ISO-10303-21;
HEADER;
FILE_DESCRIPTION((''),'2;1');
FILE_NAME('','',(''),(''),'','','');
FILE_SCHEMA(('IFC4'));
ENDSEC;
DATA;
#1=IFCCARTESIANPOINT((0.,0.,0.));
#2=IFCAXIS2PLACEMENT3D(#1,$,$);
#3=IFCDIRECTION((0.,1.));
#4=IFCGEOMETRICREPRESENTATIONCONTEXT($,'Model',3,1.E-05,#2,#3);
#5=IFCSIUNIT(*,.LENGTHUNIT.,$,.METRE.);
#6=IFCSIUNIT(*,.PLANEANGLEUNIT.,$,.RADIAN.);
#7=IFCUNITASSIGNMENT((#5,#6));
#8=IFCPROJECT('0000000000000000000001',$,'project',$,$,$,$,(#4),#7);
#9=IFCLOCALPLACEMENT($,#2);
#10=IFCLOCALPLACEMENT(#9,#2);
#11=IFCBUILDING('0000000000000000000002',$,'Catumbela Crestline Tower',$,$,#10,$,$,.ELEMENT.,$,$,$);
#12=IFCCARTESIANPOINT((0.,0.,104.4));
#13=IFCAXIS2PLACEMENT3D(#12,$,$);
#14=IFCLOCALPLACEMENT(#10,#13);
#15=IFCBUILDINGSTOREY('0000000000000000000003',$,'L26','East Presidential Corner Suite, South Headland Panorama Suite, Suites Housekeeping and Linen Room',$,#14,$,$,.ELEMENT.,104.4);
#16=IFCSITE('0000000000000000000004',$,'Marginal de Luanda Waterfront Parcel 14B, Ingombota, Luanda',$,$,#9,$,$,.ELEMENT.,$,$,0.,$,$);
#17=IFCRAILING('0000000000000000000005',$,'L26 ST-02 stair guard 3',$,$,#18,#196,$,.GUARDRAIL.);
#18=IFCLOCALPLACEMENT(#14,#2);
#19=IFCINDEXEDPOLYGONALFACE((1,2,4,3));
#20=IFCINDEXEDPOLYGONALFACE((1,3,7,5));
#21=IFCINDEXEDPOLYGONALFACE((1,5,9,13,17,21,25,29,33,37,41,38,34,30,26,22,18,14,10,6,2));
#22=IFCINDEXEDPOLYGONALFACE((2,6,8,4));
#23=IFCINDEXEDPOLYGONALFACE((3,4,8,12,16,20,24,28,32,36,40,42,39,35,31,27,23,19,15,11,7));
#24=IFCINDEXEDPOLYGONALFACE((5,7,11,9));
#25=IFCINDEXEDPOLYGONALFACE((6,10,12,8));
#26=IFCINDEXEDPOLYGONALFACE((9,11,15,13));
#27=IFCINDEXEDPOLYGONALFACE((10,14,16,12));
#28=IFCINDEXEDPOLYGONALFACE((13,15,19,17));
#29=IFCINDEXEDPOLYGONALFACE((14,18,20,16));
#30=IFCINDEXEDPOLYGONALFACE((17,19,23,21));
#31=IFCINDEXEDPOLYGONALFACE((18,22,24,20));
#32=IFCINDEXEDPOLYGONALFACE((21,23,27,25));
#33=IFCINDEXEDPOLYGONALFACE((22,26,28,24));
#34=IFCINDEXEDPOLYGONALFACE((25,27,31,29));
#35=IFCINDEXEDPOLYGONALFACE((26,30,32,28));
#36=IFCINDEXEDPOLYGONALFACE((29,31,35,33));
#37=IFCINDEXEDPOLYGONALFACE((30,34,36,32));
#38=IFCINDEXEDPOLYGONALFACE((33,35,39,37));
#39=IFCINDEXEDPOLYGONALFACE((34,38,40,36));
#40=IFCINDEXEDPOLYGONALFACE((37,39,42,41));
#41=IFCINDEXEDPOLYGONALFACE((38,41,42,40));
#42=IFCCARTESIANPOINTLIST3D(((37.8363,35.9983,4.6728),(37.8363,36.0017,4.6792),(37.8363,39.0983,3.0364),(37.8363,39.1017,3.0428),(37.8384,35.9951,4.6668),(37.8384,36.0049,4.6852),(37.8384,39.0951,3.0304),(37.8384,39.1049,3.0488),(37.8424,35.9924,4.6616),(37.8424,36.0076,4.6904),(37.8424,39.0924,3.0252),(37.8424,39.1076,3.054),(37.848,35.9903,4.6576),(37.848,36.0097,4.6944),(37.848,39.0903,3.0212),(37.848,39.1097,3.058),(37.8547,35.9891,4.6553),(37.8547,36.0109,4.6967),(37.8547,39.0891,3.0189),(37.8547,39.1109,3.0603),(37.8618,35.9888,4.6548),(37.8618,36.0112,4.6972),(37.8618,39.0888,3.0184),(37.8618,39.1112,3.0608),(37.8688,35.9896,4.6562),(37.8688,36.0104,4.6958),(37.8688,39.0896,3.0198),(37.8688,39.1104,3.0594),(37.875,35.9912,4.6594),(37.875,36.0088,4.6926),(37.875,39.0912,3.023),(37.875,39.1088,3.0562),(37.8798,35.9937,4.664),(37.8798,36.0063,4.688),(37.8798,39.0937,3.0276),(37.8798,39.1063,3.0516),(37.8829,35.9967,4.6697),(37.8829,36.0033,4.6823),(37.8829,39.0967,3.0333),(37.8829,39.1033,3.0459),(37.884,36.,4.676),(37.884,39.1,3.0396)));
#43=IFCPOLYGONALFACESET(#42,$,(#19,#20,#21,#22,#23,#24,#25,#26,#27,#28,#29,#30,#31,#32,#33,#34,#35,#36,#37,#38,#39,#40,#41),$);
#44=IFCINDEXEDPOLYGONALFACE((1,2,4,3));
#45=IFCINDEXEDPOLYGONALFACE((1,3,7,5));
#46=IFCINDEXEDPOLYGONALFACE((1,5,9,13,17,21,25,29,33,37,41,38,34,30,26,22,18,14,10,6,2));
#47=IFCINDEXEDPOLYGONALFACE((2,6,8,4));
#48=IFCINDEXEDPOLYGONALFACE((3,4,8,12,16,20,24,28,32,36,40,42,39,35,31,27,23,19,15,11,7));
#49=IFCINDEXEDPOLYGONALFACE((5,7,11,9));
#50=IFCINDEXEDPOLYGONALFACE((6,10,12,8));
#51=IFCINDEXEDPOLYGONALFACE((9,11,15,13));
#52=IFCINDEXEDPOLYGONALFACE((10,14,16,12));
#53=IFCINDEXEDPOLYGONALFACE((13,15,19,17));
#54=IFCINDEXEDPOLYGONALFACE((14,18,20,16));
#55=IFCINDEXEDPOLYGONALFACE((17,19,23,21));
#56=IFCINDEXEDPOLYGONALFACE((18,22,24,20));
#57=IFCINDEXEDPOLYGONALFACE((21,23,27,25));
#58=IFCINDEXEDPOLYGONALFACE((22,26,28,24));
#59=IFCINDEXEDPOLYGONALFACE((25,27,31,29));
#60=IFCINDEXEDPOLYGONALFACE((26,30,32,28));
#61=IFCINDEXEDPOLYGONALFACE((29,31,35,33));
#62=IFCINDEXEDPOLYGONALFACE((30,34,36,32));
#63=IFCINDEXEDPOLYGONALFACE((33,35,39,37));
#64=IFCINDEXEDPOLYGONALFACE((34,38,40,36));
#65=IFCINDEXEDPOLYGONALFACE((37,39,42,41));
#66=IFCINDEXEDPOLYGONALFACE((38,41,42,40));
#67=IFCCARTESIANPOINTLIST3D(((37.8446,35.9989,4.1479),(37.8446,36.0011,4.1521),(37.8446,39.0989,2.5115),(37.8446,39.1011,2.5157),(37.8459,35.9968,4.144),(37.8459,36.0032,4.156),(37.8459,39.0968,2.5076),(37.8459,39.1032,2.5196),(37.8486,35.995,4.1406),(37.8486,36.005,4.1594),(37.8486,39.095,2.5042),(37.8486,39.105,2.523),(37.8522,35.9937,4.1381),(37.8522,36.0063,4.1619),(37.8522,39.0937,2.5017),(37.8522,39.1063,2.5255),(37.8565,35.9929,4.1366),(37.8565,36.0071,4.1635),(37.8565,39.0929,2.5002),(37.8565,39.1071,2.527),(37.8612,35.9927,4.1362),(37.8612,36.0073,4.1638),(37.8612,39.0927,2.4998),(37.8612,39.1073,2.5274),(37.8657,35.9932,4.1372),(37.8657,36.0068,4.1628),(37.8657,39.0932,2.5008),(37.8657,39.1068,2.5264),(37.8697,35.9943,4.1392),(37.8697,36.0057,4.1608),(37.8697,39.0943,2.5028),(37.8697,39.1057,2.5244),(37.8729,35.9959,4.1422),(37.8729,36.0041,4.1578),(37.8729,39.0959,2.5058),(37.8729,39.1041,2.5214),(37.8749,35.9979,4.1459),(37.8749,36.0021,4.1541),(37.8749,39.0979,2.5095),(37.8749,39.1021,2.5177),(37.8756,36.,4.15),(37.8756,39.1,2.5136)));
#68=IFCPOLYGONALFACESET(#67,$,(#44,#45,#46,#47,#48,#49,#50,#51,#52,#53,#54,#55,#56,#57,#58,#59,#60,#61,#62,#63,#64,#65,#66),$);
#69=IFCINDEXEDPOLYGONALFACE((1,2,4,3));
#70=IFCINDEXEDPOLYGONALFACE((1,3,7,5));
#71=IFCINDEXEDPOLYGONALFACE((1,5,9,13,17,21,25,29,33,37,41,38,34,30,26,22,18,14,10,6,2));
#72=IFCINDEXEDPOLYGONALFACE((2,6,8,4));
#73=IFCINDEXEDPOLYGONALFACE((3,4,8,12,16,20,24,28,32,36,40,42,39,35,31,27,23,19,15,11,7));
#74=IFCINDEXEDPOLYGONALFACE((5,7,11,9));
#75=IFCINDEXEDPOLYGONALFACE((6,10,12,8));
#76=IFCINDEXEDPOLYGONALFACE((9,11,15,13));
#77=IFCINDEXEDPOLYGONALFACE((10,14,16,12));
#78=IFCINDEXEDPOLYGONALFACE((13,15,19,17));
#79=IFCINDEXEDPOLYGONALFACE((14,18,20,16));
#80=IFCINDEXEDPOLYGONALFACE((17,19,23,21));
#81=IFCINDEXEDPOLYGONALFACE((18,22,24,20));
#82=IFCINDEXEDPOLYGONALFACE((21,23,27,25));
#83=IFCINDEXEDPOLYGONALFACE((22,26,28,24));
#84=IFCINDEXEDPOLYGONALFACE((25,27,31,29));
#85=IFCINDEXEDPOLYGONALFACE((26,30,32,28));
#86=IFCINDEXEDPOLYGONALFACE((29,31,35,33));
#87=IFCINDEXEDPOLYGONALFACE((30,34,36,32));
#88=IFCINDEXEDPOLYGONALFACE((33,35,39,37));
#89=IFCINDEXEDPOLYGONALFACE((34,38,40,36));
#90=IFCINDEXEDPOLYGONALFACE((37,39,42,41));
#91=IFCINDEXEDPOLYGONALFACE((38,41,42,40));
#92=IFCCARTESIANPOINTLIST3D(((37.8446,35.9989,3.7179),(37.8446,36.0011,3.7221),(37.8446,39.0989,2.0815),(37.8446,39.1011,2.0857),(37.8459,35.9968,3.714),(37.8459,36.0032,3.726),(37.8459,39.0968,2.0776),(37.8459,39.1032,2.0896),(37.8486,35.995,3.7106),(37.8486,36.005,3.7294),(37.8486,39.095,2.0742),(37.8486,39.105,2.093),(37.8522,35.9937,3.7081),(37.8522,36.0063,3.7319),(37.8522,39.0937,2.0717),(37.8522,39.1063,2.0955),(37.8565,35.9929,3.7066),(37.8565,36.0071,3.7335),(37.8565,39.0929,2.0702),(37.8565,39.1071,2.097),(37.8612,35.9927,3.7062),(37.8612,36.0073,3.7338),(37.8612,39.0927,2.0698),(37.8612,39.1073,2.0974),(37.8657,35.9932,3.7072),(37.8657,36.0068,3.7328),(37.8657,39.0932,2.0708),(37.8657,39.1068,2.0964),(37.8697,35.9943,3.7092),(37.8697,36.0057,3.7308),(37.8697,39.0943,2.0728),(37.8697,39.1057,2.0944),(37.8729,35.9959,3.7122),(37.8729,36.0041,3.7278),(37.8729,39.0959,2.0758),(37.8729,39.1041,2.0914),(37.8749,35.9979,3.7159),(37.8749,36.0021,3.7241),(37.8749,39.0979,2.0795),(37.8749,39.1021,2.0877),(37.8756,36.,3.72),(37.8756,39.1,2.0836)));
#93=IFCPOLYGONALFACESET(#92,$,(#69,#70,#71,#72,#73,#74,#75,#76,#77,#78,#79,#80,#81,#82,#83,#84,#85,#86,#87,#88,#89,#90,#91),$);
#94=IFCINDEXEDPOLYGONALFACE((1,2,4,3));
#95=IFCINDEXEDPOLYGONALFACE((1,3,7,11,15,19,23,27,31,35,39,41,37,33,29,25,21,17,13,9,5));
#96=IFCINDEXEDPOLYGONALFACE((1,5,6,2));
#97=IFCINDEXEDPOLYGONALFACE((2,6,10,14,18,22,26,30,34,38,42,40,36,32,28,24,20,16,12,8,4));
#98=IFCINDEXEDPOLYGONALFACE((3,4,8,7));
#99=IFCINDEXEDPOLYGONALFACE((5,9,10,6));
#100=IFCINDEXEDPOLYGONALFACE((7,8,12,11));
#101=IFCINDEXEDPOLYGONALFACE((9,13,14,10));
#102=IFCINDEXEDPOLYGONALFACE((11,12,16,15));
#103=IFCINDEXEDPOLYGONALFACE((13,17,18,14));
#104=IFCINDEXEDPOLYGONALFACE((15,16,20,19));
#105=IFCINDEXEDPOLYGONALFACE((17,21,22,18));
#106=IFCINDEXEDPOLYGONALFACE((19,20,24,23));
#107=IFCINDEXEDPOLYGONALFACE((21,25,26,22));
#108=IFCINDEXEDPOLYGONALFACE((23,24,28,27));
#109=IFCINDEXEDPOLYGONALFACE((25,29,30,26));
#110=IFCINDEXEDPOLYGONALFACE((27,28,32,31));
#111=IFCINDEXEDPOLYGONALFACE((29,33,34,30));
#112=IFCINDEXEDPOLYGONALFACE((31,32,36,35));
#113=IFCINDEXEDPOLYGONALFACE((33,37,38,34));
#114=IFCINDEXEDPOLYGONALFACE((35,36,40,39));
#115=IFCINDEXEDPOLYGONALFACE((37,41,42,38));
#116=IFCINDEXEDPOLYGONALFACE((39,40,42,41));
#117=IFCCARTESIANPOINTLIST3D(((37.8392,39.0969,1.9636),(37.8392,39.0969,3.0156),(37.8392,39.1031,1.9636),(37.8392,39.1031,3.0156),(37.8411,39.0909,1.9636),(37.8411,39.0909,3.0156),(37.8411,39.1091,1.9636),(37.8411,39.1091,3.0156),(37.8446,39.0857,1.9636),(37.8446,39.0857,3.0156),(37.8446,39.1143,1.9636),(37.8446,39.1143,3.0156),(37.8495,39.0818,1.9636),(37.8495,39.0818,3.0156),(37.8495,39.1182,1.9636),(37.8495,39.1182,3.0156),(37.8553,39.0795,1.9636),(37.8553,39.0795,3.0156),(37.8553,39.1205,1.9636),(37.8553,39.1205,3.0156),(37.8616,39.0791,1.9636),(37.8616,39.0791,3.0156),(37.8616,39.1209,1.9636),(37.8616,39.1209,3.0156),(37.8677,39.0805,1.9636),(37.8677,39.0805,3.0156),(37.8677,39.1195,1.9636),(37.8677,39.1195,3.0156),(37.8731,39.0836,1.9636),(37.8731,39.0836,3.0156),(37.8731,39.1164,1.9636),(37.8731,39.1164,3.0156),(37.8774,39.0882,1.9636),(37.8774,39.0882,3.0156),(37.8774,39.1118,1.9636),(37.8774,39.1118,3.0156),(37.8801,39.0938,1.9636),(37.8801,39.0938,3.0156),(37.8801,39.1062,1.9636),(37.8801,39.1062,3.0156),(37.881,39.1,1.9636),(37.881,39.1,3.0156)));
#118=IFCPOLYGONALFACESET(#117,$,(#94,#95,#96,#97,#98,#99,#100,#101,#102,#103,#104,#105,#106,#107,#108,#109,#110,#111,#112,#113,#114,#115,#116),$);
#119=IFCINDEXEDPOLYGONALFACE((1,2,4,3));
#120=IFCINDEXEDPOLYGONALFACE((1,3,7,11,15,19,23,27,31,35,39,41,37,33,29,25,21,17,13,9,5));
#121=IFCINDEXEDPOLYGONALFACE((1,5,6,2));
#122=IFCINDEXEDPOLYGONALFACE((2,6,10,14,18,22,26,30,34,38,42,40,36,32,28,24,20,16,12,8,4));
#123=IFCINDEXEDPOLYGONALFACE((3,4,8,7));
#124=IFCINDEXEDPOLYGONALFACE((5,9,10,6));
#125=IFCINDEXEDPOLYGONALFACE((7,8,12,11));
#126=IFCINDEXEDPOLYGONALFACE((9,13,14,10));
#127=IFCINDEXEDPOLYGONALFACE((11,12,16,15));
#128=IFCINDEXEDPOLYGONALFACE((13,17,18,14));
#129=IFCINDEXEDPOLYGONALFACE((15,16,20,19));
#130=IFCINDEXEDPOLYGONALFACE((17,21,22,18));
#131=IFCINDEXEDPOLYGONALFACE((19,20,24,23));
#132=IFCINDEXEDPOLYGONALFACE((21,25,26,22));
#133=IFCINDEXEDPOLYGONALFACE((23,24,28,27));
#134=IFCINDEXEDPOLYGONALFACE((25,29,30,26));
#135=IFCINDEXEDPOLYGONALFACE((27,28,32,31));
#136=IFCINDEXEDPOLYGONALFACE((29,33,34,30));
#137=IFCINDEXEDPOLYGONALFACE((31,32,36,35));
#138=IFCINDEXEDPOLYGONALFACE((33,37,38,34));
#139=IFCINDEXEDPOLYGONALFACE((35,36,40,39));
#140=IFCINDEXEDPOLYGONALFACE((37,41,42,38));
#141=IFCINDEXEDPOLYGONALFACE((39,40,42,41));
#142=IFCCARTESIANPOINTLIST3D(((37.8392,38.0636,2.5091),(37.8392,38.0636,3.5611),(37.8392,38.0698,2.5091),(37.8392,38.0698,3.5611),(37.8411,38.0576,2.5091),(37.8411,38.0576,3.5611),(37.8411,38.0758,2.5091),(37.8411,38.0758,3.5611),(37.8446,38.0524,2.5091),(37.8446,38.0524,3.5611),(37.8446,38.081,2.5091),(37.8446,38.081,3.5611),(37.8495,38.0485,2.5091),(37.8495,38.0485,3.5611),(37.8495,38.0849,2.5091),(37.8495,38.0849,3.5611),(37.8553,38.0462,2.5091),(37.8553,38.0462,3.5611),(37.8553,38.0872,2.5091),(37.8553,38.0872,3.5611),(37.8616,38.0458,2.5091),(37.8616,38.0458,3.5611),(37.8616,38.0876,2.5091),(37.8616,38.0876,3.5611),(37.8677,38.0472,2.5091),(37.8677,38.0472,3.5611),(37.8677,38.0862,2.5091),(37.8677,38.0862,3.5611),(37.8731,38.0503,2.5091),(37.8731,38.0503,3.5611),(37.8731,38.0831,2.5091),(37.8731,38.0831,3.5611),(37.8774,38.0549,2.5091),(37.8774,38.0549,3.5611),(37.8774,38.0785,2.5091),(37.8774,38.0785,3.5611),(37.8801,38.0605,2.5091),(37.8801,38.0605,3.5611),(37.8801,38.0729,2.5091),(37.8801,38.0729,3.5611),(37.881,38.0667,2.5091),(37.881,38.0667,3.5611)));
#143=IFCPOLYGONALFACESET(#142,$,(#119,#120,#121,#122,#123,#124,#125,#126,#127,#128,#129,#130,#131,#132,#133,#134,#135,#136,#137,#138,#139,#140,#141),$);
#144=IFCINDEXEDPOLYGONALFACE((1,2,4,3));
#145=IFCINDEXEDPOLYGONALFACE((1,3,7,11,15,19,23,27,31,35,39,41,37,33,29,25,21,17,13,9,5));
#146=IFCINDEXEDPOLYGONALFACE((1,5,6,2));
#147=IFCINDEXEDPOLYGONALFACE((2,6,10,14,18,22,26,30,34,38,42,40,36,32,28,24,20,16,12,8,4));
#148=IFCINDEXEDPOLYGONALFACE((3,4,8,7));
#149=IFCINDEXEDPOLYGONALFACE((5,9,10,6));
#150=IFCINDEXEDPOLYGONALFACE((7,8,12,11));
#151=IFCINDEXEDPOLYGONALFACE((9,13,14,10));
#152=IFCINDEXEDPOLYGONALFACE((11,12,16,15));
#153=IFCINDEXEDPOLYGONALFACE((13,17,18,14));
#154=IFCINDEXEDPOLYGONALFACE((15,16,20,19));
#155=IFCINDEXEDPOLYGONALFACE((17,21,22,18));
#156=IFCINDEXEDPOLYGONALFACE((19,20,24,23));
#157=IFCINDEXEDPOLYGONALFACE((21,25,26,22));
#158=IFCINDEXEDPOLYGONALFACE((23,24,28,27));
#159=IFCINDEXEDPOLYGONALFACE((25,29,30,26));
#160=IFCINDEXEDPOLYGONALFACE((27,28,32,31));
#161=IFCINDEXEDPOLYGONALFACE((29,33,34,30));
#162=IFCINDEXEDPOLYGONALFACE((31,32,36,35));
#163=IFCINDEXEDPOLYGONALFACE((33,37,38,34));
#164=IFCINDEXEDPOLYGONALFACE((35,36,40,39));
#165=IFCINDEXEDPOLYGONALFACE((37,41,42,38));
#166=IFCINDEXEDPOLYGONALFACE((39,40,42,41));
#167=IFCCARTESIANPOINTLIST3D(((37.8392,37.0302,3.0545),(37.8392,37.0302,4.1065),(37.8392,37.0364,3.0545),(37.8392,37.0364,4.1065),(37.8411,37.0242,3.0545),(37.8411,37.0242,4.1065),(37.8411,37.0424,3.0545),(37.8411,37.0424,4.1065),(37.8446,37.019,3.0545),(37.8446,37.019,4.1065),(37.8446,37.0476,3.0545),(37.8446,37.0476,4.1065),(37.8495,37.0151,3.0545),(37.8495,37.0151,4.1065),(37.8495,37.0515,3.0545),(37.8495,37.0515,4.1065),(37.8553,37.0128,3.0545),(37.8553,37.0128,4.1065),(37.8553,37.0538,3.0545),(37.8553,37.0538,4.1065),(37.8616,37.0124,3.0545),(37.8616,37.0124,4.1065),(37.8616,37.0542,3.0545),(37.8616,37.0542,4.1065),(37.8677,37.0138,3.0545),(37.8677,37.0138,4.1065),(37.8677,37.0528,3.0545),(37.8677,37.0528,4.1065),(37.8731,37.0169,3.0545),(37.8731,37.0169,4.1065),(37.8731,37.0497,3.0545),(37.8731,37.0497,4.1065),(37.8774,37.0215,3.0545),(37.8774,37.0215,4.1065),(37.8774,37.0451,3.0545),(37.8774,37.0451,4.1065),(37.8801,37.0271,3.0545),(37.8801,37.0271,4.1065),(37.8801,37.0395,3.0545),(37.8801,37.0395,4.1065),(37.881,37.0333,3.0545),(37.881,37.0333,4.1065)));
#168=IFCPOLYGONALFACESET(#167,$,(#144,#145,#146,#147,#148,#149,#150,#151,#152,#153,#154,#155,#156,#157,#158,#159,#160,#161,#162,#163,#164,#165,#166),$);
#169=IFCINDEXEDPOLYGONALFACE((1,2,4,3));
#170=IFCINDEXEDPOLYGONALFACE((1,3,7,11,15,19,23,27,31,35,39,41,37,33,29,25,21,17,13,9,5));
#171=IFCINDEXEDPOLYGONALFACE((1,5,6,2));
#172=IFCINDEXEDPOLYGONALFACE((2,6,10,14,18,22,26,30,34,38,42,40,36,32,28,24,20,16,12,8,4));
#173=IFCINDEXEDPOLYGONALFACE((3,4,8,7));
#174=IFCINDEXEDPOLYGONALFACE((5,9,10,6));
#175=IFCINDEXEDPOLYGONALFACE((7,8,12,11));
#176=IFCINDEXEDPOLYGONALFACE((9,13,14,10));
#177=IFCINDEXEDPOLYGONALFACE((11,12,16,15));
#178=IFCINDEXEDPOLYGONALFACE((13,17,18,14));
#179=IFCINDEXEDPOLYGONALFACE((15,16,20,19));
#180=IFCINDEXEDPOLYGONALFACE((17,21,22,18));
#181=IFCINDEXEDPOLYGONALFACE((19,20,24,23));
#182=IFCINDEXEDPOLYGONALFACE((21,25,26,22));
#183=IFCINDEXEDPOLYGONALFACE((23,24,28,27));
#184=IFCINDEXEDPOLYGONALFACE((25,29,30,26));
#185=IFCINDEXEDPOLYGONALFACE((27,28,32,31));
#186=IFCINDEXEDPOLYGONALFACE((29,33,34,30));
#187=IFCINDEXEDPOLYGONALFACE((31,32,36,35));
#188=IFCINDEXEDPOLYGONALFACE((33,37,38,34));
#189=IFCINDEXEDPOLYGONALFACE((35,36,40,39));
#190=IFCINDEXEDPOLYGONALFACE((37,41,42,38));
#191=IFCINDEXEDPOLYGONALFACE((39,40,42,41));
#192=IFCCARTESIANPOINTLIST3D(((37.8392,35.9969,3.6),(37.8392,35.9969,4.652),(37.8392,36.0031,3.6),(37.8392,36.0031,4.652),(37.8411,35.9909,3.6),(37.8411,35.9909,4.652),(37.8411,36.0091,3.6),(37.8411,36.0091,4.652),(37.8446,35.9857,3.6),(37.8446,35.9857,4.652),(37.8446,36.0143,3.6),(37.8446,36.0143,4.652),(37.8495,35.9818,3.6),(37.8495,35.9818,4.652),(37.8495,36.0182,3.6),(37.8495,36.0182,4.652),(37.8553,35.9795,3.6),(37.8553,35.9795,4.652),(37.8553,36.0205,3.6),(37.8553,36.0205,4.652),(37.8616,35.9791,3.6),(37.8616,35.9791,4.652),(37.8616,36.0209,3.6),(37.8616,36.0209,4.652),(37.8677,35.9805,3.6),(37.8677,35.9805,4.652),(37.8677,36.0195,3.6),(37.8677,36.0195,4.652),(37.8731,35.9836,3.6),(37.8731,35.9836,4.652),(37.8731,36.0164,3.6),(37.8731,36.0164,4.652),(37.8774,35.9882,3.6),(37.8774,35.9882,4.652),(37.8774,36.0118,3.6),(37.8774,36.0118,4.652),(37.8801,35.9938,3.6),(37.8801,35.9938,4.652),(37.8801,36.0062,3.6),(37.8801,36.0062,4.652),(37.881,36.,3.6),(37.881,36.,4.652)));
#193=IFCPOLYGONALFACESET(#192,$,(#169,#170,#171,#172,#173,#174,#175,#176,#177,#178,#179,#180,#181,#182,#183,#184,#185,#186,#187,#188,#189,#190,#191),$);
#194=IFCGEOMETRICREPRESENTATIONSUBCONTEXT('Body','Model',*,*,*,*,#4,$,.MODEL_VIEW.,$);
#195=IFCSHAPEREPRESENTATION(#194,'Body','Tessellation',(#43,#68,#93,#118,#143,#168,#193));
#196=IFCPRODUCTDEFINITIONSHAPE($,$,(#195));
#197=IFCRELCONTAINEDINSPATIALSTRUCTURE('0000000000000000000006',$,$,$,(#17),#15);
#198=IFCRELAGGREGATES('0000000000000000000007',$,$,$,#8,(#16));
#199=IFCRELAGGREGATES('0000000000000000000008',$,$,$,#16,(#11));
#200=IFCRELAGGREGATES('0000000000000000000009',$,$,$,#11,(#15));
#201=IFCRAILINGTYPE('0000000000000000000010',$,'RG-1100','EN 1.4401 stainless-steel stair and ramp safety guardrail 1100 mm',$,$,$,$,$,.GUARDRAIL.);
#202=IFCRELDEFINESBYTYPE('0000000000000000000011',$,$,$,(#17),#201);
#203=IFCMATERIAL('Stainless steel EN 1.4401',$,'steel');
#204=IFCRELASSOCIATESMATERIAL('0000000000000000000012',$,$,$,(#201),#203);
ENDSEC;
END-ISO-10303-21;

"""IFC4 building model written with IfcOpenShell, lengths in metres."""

from ifc_helpers import new_model, si_unit, direction, frame, origin, origin_2d, place, context, subcontext, project, spatial, circle, extrude, material, type_object, element, save


model = new_model("IFC4")

# Units and contexts
model_context = context("Model", 3, precision=1e-05, world=origin(), true_north=direction((0.0, 1.0)))
body_context = subcontext(model_context, "Body", "Model", "MODEL_VIEW")
ifc_project = project(units=[si_unit("LENGTHUNIT", "METRE"), si_unit("PLANEANGLEUNIT", "RADIAN")], contexts=[model_context])

# Site, building, storey
site_placement = place(None, origin())
site = spatial("IfcSite", under=ifc_project, at=site_placement, Name="Marginal de Luanda Waterfront Parcel 14B, Ingombota, Luanda", CompositionType="ELEMENT", RefElevation=0.0)
building_placement = place(site_placement, origin())
building = spatial("IfcBuilding", under=site, at=building_placement, Name="Catumbela Crestline Tower", CompositionType="ELEMENT")
storey_placement = place(building_placement, frame((0.0, 0.0, 104.4)))
storey = spatial("IfcBuildingStorey", under=building, at=storey_placement, Name="L26", Description="East Presidential Corner Suite, South Headland Panorama Suite, Suites Housekeeping and Linen Room", CompositionType="ELEMENT", Elevation=104.4)

# Shared definitions
ifc_material_1 = material(Name="Stainless steel EN 1.4401", Category="steel")

# Railing
railing_type_1 = type_object("IfcRailingType", Name="RG-1100", Description="EN 1.4401 stainless-steel stair and ramp safety guardrail 1100 mm", PredefinedType="GUARDRAIL", material=ifc_material_1)
railing_1_placement = place(storey_placement, frame((37.86, 39.1, 1.9636)))
element("IfcRailing", 1, at=railing_1_placement, inside=storey, type_object=railing_type_1, Name="L26 ST-02 stair guard 3", PredefinedType="GUARDRAIL", context=body_context, shape_type="SweptSolid", body=[
    extrude(circle(Radius=0.024, at=origin_2d()), frame((0.0, 0.0, 1.076), z_axis=(0.0, -0.884351, 0.466823), x_axis=(1.0, 0.0, 0.0)), (0.0, 0.0, 1.0), 3.5054),
    extrude(circle(Radius=0.0156, at=origin_2d()), frame((0.0, 0.0, 0.55), z_axis=(0.0, -0.884351, 0.466823), x_axis=(1.0, 0.0, 0.0)), (0.0, 0.0, 1.0), 3.5054),
    extrude(circle(Radius=0.0156, at=origin_2d()), frame((0.0, 0.0, 0.12), z_axis=(0.0, -0.884351, 0.466823), x_axis=(1.0, 0.0, 0.0)), (0.0, 0.0, 1.0), 3.5054),
    extrude(circle(Radius=0.021, at=origin_2d()), origin(), (0.0, 0.0, 1.0), 1.052),
    extrude(circle(Radius=0.021, at=origin_2d()), frame((0.0, -1.0333, 0.5455)), (0.0, 0.0, 1.0), 1.052),
    extrude(circle(Radius=0.021, at=origin_2d()), frame((0.0, -2.0667, 1.0909)), (0.0, 0.0, 1.0), 1.052),
    extrude(circle(Radius=0.021, at=origin_2d()), frame((0.0, -3.1, 1.6364)), (0.0, 0.0, 1.0), 1.052),
])

save(model, "model.ifc")
